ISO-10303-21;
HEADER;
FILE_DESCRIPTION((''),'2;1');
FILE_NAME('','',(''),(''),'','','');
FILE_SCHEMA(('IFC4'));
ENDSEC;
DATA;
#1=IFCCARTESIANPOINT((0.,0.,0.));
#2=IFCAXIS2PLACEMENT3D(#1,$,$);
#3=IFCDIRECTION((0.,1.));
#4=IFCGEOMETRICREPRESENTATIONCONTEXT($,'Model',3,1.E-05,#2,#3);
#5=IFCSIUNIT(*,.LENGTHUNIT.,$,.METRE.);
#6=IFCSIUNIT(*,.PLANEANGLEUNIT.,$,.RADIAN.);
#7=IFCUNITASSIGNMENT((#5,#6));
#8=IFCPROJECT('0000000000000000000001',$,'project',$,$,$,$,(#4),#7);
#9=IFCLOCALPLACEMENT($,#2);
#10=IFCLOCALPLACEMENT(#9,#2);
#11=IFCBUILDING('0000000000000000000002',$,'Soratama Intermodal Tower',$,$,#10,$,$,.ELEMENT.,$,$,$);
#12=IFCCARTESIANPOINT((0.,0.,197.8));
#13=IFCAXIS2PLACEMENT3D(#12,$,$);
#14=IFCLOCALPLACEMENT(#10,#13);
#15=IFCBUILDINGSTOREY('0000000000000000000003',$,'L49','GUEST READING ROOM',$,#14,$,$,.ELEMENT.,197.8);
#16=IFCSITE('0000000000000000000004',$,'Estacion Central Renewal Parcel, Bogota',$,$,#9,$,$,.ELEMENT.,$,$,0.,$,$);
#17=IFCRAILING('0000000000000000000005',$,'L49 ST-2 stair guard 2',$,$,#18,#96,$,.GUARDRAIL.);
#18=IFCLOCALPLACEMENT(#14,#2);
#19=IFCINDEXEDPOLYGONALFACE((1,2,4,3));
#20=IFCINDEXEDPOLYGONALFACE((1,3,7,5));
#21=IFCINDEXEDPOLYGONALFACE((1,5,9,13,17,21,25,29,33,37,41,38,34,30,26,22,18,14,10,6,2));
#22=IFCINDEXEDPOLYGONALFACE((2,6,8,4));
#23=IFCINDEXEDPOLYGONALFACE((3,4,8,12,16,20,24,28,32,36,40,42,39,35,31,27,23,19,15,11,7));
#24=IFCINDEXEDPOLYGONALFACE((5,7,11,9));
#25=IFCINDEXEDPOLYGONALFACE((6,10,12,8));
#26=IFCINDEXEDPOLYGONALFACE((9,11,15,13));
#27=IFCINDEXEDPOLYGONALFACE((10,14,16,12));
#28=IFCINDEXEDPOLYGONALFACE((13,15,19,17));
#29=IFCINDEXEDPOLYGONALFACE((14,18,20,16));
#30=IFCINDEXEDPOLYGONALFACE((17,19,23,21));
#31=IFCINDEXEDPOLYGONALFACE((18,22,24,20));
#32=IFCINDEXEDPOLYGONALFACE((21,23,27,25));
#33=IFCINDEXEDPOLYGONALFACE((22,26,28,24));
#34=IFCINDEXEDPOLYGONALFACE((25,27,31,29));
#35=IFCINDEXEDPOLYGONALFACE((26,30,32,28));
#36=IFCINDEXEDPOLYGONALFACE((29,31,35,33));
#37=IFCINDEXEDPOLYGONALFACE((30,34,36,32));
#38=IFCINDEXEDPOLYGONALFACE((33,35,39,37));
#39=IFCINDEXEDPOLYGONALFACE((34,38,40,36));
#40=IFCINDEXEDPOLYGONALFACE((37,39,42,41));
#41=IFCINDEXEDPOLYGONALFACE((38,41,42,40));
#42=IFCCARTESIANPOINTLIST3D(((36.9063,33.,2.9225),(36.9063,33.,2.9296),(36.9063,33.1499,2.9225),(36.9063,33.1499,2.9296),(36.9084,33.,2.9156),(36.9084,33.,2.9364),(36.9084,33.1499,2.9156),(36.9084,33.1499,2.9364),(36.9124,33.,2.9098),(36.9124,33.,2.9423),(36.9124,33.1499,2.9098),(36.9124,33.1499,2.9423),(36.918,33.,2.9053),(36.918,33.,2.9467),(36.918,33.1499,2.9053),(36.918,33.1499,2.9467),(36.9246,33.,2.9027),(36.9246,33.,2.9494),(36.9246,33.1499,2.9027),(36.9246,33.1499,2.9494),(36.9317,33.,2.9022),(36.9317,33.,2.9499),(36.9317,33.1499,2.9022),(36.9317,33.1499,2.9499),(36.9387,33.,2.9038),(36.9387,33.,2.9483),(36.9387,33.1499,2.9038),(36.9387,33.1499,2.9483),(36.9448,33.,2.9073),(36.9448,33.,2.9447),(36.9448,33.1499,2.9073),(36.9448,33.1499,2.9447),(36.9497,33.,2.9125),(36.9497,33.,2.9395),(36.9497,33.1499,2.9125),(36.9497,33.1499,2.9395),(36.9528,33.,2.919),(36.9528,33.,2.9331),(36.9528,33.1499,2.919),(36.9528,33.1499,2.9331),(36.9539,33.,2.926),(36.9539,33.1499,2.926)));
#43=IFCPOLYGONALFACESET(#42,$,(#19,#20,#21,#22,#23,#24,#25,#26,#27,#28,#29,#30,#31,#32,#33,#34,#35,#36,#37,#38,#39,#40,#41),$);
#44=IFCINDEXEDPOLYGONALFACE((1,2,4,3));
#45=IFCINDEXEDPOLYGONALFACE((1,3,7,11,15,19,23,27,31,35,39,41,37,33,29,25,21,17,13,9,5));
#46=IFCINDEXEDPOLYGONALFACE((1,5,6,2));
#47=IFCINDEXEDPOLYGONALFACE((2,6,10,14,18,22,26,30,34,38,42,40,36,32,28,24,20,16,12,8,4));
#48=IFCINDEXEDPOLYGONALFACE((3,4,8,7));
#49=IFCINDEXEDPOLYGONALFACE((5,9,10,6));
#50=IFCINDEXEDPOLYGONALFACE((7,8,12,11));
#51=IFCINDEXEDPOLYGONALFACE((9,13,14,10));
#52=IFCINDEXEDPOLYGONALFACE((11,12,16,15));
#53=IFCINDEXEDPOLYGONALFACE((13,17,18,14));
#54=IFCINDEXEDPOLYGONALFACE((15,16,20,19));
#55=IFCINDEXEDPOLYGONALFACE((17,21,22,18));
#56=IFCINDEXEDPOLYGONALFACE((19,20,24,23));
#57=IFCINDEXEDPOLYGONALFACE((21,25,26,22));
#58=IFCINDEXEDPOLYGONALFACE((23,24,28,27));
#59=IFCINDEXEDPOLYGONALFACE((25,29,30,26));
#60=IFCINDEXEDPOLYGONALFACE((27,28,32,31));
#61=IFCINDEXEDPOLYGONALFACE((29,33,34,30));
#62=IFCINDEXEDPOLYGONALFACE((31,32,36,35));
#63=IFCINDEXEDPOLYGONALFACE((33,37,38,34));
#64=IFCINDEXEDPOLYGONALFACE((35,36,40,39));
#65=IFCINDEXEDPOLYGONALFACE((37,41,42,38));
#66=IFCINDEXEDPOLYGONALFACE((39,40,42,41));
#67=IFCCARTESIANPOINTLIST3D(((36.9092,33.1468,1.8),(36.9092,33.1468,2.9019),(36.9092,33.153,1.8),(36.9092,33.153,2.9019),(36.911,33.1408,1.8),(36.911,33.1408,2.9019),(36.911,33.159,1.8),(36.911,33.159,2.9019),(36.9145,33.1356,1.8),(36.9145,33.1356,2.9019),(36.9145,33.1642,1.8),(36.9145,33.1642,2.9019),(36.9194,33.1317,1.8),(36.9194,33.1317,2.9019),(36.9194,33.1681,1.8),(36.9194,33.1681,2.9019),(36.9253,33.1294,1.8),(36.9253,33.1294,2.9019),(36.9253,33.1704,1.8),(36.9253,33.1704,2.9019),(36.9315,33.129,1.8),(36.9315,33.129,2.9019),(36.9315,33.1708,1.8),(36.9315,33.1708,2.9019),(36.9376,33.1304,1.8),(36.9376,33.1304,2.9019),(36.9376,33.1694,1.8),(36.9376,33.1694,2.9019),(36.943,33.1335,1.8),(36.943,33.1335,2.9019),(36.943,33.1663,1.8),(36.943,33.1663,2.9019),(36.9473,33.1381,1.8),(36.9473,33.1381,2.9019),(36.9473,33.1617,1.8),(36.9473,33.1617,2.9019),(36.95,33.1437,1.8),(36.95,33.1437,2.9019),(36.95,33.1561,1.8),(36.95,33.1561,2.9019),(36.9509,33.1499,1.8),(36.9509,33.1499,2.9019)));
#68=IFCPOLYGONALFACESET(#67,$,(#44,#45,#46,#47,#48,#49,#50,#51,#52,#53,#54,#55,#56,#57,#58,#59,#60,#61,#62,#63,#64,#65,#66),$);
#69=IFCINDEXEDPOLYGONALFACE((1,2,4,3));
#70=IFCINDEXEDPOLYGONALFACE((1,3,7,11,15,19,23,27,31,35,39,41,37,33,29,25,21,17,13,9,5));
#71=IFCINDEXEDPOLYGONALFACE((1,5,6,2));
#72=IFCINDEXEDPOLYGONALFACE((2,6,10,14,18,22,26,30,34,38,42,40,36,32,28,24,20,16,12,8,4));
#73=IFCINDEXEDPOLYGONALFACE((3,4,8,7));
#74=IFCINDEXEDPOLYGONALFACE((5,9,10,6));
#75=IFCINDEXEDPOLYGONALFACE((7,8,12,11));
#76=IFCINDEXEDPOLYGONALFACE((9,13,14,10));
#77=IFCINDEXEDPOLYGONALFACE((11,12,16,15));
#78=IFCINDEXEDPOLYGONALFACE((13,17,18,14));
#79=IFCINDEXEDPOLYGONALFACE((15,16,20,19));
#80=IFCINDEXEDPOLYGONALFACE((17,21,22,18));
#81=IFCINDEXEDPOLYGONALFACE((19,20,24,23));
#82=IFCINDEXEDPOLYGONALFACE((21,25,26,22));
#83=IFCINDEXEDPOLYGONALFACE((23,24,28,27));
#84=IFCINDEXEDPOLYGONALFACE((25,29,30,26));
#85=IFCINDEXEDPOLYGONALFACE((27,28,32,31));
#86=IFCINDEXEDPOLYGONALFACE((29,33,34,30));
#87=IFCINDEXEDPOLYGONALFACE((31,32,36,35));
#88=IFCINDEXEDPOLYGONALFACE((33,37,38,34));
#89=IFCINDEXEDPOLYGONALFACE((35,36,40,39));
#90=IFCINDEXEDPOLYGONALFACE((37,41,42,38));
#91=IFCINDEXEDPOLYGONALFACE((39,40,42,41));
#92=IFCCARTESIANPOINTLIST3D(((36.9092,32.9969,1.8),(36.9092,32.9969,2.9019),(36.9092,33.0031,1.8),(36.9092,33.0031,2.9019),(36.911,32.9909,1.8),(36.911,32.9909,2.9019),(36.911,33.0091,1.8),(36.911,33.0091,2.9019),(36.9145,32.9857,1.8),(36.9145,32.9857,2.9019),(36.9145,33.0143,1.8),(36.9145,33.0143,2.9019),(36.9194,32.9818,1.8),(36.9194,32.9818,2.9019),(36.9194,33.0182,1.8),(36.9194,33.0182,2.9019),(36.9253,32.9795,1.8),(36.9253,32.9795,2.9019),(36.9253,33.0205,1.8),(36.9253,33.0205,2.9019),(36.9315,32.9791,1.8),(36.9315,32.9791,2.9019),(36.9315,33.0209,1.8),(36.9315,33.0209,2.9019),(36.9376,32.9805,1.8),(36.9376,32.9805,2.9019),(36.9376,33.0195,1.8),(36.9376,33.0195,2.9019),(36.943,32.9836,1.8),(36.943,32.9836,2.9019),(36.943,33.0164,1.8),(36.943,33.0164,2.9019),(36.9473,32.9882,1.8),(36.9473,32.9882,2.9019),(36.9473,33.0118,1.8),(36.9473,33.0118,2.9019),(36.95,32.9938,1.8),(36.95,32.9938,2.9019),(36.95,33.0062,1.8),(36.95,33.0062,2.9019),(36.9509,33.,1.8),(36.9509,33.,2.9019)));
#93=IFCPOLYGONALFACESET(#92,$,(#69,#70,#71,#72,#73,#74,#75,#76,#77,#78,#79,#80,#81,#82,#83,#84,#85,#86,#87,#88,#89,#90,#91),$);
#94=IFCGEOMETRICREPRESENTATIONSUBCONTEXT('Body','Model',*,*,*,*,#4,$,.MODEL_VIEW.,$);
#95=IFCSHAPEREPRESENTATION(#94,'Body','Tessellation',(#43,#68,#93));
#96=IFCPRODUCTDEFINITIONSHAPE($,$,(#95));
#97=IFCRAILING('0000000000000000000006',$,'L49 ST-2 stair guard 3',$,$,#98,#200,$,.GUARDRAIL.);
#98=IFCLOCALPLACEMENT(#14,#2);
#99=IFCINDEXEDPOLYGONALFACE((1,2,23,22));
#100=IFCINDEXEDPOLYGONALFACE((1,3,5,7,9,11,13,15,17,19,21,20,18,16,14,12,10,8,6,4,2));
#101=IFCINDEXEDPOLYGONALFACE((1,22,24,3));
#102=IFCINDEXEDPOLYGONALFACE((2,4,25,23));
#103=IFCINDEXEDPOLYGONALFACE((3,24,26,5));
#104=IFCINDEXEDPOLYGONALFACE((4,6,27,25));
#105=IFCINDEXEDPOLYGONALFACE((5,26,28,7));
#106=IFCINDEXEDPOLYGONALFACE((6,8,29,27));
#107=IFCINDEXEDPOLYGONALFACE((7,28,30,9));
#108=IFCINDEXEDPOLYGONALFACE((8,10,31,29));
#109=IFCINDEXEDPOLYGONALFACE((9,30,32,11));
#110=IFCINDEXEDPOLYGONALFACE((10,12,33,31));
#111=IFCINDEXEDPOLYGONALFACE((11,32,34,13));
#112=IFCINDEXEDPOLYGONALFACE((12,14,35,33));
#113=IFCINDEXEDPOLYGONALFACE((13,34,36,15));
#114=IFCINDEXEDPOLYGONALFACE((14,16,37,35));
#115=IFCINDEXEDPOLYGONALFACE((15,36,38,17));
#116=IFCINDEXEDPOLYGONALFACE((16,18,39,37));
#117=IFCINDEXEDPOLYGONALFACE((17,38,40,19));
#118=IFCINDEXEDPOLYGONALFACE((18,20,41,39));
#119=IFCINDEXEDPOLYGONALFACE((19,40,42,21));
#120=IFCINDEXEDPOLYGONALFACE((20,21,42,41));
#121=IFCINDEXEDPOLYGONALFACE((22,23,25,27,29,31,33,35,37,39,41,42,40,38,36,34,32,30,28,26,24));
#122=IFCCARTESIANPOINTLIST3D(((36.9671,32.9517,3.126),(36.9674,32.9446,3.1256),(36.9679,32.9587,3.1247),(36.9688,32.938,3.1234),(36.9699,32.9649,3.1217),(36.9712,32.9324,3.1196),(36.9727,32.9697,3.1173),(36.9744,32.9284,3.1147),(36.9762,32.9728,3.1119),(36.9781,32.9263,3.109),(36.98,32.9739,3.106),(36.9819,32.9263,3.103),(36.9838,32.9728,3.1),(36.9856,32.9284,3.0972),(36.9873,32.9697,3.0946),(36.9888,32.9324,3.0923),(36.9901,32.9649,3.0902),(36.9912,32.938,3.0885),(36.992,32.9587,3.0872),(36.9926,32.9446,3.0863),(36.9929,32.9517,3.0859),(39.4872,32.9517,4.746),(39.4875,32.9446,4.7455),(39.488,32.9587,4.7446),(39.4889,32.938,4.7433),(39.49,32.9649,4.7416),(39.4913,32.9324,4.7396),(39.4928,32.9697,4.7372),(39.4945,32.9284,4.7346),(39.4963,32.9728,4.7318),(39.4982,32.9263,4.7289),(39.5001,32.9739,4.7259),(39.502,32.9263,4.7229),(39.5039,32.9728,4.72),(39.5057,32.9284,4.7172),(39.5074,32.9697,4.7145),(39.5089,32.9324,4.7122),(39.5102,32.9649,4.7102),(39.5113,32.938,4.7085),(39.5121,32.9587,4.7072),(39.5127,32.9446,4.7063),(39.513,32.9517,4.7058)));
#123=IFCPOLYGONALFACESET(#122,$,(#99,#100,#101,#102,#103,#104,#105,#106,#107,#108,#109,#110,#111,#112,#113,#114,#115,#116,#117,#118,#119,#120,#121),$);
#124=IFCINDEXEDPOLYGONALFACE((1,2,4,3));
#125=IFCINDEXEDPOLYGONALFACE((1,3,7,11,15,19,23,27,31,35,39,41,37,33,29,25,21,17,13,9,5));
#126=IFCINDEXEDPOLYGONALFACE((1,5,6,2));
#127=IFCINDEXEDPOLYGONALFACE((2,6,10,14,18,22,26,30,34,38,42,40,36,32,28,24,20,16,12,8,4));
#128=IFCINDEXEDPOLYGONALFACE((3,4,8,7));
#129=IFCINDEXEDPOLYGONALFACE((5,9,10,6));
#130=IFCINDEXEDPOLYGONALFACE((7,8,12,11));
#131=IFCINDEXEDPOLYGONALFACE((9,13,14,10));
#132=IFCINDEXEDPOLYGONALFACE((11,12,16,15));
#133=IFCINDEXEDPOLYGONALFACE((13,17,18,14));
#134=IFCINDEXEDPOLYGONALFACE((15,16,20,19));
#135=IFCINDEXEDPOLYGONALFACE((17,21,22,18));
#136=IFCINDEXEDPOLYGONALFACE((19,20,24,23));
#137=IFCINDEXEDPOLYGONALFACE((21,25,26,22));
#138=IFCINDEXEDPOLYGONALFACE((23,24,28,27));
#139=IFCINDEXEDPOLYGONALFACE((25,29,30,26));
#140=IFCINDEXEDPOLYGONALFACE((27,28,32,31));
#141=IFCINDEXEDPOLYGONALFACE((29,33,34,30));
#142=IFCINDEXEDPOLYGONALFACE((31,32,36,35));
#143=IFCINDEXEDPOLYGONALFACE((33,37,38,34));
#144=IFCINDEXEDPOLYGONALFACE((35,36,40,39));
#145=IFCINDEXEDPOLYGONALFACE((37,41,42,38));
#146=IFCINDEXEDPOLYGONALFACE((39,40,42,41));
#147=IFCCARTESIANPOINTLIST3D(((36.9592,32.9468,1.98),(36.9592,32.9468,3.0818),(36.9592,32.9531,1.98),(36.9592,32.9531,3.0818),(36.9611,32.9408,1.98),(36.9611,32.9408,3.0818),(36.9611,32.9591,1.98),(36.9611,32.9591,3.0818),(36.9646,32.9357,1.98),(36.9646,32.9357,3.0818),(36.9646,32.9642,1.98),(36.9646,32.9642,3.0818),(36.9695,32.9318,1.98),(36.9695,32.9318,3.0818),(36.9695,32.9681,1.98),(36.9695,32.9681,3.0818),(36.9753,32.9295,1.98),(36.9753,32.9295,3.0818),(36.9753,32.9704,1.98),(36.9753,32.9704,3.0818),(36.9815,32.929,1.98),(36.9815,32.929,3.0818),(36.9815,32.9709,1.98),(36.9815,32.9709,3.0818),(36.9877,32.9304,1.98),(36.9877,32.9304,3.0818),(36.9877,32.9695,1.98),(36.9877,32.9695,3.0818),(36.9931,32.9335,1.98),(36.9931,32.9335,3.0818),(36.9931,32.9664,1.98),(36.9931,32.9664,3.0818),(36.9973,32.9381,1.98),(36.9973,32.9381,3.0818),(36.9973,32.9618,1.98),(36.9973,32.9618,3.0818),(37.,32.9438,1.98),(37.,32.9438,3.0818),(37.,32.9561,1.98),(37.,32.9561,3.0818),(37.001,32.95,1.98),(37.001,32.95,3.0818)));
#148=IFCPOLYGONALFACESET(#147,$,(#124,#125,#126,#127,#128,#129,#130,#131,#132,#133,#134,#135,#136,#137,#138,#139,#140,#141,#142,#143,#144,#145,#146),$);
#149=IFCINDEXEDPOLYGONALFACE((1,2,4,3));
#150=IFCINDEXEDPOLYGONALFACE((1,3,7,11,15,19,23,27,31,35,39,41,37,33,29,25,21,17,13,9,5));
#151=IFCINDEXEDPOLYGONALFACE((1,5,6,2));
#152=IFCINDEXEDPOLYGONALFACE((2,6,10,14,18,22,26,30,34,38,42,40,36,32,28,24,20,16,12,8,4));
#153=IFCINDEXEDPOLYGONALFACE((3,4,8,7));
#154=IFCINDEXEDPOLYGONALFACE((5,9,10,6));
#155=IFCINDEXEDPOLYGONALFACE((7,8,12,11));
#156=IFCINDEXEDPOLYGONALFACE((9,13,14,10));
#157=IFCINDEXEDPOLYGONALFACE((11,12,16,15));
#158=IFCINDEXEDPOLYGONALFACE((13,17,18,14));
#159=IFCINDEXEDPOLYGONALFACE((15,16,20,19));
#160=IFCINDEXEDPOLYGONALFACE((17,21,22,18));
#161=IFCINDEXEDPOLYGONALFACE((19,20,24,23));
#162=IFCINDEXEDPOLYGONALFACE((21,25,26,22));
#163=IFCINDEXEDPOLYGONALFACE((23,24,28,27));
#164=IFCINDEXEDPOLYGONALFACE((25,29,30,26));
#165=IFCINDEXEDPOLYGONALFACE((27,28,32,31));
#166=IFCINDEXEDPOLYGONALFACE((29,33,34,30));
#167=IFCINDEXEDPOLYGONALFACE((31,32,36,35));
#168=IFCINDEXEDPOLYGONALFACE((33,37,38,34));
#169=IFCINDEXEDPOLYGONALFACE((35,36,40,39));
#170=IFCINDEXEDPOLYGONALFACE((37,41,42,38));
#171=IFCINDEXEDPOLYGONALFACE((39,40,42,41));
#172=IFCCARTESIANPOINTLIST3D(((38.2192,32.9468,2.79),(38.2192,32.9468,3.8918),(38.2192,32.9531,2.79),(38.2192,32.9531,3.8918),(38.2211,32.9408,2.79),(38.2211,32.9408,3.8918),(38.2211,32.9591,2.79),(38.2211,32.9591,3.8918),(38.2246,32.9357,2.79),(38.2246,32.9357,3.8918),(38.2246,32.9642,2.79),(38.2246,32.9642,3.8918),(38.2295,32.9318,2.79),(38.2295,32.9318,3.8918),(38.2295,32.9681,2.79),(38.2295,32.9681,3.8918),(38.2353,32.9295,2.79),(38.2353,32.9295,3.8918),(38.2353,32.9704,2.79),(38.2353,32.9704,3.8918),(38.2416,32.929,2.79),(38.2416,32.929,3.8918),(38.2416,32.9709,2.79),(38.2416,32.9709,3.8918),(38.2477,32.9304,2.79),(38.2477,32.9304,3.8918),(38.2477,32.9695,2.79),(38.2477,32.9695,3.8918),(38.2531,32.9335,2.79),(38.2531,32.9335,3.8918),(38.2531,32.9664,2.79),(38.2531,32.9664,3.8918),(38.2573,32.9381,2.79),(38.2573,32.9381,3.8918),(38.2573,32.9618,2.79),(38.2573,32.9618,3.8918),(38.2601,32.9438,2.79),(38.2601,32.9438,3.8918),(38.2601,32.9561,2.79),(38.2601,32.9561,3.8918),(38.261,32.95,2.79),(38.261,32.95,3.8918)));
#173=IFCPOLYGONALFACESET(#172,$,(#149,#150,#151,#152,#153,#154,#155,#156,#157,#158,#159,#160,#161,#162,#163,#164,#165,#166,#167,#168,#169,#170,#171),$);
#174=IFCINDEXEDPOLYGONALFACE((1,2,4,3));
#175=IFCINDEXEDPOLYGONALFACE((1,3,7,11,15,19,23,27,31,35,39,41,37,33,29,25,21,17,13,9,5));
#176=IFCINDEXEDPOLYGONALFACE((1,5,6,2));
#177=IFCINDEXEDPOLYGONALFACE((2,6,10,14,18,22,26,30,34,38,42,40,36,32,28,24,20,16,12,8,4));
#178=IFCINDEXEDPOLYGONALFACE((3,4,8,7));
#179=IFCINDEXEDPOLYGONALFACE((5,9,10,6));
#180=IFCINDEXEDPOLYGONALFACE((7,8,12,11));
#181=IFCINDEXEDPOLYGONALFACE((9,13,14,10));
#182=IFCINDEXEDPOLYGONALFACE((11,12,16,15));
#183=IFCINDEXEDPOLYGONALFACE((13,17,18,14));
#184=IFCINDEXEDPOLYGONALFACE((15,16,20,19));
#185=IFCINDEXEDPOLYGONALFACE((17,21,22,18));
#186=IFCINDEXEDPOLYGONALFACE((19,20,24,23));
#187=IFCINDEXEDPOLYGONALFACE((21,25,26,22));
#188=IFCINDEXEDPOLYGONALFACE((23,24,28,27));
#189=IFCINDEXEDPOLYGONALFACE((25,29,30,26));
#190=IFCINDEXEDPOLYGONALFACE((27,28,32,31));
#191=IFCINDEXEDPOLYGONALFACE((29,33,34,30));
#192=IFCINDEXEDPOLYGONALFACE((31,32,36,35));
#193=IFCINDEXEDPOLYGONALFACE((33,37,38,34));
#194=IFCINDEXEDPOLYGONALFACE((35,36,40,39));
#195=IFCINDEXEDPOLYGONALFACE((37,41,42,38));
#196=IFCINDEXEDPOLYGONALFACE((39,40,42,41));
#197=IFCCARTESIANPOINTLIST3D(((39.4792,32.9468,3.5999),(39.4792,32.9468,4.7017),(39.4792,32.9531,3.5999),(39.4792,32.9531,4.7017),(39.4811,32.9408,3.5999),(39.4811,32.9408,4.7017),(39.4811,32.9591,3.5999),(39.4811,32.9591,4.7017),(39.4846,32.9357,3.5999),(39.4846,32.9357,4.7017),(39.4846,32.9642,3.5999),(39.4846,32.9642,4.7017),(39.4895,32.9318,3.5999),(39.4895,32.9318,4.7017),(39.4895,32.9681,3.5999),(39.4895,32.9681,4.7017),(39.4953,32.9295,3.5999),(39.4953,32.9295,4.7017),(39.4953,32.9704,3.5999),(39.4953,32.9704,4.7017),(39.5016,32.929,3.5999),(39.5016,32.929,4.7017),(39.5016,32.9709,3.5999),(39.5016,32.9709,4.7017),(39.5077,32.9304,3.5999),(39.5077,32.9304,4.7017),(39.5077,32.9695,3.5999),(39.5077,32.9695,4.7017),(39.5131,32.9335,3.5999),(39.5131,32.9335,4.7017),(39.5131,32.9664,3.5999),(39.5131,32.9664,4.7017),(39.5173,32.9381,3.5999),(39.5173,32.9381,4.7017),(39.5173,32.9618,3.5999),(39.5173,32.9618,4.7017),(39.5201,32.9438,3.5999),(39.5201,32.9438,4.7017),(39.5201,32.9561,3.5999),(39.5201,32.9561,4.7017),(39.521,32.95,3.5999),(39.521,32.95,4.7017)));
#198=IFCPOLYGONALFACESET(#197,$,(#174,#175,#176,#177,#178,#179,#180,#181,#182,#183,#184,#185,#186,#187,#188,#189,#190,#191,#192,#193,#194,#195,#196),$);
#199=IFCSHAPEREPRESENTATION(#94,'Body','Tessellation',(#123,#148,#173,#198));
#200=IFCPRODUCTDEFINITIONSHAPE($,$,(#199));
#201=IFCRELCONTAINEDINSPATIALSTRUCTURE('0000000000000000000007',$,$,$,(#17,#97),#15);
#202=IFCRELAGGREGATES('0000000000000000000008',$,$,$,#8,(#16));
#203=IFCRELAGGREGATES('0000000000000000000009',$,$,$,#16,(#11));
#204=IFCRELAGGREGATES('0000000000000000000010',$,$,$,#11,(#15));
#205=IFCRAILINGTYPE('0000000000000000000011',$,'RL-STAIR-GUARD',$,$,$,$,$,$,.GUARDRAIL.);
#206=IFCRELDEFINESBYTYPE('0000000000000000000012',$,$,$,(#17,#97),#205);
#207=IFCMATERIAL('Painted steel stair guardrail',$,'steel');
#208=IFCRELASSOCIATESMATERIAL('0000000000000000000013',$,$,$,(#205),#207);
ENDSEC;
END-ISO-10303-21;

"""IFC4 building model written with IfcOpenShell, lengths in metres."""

from ifc_helpers import new_model, si_unit, direction, frame, origin, origin_2d, place, context, subcontext, project, spatial, circle, extrude, material, type_object, element, save


model = new_model("IFC4")

# Units and contexts
model_context = context("Model", 3, precision=1e-05, world=origin(), true_north=direction((0.0, 1.0)))
body_context = subcontext(model_context, "Body", "Model", "MODEL_VIEW")
ifc_project = project(units=[si_unit("LENGTHUNIT", "METRE"), si_unit("PLANEANGLEUNIT", "RADIAN")], contexts=[model_context])

# Site, building, storey
site_placement = place(None, origin())
site = spatial("IfcSite", under=ifc_project, at=site_placement, Name="Estacion Central Renewal Parcel, Bogota", CompositionType="ELEMENT", RefElevation=0.0)
building_placement = place(site_placement, origin())
building = spatial("IfcBuilding", under=site, at=building_placement, Name="Soratama Intermodal Tower", CompositionType="ELEMENT")
storey_placement = place(building_placement, frame((0.0, 0.0, 197.8)))
storey = spatial("IfcBuildingStorey", under=building, at=storey_placement, Name="L49", Description="GUEST READING ROOM", CompositionType="ELEMENT", Elevation=197.8)

# Railings
ifc_material_1 = material(Name="Painted steel stair guardrail", Category="steel")
railing_type_1 = type_object("IfcRailingType", Name="RL-STAIR-GUARD", PredefinedType="GUARDRAIL", material=ifc_material_1)
railing_1_placement = place(storey_placement, frame((36.9299, 33.1499, 1.8)))
element("IfcRailing", 1, at=railing_1_placement, inside=storey, type_object=railing_type_1, Name="L49 ST-2 stair guard 2", PredefinedType="GUARDRAIL", context=body_context, shape_type="SweptSolid", body=[
    extrude(circle(Radius=0.0239, at=origin_2d()), frame((0.0, 0.0, 1.126), z_axis=(0.0, -1.0, 0.0), x_axis=(1.0, 0.0, 0.0)), (0.0, 0.0, 1.0), 0.1499),
    extrude(circle(Radius=0.021, at=origin_2d()), origin(), (0.0, 0.0, 1.0), 1.1018),
    extrude(circle(Radius=0.021, at=origin_2d()), frame((0.0, -0.1499, 0.0)), (0.0, 0.0, 1.0), 1.1018),
])
railing_2_placement = place(storey_placement, frame((36.98, 32.95, 1.98)))
element("IfcRailing", 2, at=railing_2_placement, inside=storey, type_object=railing_type_1, Name="L49 ST-2 stair guard 3", PredefinedType="GUARDRAIL", context=body_context, shape_type="SweptSolid", body=[
    extrude(circle(Radius=0.0239, at=origin_2d()), frame((0.0, 0.0, 1.126), z_axis=(0.8412, 0.0, 0.540725), x_axis=(0.0, 1.0, 0.0)), (0.0, 0.0, 1.0), 2.9958),
    extrude(circle(Radius=0.021, at=origin_2d()), origin(), (0.0, 0.0, 1.0), 1.1018),
    extrude(circle(Radius=0.021, at=origin_2d()), frame((1.26, 0.0, 0.8101)), (0.0, 0.0, 1.0), 1.1018),
    extrude(circle(Radius=0.021, at=origin_2d()), frame((2.52, 0.0, 1.6199)), (0.0, 0.0, 1.0), 1.1018),
])

save(model, "model.ifc")
